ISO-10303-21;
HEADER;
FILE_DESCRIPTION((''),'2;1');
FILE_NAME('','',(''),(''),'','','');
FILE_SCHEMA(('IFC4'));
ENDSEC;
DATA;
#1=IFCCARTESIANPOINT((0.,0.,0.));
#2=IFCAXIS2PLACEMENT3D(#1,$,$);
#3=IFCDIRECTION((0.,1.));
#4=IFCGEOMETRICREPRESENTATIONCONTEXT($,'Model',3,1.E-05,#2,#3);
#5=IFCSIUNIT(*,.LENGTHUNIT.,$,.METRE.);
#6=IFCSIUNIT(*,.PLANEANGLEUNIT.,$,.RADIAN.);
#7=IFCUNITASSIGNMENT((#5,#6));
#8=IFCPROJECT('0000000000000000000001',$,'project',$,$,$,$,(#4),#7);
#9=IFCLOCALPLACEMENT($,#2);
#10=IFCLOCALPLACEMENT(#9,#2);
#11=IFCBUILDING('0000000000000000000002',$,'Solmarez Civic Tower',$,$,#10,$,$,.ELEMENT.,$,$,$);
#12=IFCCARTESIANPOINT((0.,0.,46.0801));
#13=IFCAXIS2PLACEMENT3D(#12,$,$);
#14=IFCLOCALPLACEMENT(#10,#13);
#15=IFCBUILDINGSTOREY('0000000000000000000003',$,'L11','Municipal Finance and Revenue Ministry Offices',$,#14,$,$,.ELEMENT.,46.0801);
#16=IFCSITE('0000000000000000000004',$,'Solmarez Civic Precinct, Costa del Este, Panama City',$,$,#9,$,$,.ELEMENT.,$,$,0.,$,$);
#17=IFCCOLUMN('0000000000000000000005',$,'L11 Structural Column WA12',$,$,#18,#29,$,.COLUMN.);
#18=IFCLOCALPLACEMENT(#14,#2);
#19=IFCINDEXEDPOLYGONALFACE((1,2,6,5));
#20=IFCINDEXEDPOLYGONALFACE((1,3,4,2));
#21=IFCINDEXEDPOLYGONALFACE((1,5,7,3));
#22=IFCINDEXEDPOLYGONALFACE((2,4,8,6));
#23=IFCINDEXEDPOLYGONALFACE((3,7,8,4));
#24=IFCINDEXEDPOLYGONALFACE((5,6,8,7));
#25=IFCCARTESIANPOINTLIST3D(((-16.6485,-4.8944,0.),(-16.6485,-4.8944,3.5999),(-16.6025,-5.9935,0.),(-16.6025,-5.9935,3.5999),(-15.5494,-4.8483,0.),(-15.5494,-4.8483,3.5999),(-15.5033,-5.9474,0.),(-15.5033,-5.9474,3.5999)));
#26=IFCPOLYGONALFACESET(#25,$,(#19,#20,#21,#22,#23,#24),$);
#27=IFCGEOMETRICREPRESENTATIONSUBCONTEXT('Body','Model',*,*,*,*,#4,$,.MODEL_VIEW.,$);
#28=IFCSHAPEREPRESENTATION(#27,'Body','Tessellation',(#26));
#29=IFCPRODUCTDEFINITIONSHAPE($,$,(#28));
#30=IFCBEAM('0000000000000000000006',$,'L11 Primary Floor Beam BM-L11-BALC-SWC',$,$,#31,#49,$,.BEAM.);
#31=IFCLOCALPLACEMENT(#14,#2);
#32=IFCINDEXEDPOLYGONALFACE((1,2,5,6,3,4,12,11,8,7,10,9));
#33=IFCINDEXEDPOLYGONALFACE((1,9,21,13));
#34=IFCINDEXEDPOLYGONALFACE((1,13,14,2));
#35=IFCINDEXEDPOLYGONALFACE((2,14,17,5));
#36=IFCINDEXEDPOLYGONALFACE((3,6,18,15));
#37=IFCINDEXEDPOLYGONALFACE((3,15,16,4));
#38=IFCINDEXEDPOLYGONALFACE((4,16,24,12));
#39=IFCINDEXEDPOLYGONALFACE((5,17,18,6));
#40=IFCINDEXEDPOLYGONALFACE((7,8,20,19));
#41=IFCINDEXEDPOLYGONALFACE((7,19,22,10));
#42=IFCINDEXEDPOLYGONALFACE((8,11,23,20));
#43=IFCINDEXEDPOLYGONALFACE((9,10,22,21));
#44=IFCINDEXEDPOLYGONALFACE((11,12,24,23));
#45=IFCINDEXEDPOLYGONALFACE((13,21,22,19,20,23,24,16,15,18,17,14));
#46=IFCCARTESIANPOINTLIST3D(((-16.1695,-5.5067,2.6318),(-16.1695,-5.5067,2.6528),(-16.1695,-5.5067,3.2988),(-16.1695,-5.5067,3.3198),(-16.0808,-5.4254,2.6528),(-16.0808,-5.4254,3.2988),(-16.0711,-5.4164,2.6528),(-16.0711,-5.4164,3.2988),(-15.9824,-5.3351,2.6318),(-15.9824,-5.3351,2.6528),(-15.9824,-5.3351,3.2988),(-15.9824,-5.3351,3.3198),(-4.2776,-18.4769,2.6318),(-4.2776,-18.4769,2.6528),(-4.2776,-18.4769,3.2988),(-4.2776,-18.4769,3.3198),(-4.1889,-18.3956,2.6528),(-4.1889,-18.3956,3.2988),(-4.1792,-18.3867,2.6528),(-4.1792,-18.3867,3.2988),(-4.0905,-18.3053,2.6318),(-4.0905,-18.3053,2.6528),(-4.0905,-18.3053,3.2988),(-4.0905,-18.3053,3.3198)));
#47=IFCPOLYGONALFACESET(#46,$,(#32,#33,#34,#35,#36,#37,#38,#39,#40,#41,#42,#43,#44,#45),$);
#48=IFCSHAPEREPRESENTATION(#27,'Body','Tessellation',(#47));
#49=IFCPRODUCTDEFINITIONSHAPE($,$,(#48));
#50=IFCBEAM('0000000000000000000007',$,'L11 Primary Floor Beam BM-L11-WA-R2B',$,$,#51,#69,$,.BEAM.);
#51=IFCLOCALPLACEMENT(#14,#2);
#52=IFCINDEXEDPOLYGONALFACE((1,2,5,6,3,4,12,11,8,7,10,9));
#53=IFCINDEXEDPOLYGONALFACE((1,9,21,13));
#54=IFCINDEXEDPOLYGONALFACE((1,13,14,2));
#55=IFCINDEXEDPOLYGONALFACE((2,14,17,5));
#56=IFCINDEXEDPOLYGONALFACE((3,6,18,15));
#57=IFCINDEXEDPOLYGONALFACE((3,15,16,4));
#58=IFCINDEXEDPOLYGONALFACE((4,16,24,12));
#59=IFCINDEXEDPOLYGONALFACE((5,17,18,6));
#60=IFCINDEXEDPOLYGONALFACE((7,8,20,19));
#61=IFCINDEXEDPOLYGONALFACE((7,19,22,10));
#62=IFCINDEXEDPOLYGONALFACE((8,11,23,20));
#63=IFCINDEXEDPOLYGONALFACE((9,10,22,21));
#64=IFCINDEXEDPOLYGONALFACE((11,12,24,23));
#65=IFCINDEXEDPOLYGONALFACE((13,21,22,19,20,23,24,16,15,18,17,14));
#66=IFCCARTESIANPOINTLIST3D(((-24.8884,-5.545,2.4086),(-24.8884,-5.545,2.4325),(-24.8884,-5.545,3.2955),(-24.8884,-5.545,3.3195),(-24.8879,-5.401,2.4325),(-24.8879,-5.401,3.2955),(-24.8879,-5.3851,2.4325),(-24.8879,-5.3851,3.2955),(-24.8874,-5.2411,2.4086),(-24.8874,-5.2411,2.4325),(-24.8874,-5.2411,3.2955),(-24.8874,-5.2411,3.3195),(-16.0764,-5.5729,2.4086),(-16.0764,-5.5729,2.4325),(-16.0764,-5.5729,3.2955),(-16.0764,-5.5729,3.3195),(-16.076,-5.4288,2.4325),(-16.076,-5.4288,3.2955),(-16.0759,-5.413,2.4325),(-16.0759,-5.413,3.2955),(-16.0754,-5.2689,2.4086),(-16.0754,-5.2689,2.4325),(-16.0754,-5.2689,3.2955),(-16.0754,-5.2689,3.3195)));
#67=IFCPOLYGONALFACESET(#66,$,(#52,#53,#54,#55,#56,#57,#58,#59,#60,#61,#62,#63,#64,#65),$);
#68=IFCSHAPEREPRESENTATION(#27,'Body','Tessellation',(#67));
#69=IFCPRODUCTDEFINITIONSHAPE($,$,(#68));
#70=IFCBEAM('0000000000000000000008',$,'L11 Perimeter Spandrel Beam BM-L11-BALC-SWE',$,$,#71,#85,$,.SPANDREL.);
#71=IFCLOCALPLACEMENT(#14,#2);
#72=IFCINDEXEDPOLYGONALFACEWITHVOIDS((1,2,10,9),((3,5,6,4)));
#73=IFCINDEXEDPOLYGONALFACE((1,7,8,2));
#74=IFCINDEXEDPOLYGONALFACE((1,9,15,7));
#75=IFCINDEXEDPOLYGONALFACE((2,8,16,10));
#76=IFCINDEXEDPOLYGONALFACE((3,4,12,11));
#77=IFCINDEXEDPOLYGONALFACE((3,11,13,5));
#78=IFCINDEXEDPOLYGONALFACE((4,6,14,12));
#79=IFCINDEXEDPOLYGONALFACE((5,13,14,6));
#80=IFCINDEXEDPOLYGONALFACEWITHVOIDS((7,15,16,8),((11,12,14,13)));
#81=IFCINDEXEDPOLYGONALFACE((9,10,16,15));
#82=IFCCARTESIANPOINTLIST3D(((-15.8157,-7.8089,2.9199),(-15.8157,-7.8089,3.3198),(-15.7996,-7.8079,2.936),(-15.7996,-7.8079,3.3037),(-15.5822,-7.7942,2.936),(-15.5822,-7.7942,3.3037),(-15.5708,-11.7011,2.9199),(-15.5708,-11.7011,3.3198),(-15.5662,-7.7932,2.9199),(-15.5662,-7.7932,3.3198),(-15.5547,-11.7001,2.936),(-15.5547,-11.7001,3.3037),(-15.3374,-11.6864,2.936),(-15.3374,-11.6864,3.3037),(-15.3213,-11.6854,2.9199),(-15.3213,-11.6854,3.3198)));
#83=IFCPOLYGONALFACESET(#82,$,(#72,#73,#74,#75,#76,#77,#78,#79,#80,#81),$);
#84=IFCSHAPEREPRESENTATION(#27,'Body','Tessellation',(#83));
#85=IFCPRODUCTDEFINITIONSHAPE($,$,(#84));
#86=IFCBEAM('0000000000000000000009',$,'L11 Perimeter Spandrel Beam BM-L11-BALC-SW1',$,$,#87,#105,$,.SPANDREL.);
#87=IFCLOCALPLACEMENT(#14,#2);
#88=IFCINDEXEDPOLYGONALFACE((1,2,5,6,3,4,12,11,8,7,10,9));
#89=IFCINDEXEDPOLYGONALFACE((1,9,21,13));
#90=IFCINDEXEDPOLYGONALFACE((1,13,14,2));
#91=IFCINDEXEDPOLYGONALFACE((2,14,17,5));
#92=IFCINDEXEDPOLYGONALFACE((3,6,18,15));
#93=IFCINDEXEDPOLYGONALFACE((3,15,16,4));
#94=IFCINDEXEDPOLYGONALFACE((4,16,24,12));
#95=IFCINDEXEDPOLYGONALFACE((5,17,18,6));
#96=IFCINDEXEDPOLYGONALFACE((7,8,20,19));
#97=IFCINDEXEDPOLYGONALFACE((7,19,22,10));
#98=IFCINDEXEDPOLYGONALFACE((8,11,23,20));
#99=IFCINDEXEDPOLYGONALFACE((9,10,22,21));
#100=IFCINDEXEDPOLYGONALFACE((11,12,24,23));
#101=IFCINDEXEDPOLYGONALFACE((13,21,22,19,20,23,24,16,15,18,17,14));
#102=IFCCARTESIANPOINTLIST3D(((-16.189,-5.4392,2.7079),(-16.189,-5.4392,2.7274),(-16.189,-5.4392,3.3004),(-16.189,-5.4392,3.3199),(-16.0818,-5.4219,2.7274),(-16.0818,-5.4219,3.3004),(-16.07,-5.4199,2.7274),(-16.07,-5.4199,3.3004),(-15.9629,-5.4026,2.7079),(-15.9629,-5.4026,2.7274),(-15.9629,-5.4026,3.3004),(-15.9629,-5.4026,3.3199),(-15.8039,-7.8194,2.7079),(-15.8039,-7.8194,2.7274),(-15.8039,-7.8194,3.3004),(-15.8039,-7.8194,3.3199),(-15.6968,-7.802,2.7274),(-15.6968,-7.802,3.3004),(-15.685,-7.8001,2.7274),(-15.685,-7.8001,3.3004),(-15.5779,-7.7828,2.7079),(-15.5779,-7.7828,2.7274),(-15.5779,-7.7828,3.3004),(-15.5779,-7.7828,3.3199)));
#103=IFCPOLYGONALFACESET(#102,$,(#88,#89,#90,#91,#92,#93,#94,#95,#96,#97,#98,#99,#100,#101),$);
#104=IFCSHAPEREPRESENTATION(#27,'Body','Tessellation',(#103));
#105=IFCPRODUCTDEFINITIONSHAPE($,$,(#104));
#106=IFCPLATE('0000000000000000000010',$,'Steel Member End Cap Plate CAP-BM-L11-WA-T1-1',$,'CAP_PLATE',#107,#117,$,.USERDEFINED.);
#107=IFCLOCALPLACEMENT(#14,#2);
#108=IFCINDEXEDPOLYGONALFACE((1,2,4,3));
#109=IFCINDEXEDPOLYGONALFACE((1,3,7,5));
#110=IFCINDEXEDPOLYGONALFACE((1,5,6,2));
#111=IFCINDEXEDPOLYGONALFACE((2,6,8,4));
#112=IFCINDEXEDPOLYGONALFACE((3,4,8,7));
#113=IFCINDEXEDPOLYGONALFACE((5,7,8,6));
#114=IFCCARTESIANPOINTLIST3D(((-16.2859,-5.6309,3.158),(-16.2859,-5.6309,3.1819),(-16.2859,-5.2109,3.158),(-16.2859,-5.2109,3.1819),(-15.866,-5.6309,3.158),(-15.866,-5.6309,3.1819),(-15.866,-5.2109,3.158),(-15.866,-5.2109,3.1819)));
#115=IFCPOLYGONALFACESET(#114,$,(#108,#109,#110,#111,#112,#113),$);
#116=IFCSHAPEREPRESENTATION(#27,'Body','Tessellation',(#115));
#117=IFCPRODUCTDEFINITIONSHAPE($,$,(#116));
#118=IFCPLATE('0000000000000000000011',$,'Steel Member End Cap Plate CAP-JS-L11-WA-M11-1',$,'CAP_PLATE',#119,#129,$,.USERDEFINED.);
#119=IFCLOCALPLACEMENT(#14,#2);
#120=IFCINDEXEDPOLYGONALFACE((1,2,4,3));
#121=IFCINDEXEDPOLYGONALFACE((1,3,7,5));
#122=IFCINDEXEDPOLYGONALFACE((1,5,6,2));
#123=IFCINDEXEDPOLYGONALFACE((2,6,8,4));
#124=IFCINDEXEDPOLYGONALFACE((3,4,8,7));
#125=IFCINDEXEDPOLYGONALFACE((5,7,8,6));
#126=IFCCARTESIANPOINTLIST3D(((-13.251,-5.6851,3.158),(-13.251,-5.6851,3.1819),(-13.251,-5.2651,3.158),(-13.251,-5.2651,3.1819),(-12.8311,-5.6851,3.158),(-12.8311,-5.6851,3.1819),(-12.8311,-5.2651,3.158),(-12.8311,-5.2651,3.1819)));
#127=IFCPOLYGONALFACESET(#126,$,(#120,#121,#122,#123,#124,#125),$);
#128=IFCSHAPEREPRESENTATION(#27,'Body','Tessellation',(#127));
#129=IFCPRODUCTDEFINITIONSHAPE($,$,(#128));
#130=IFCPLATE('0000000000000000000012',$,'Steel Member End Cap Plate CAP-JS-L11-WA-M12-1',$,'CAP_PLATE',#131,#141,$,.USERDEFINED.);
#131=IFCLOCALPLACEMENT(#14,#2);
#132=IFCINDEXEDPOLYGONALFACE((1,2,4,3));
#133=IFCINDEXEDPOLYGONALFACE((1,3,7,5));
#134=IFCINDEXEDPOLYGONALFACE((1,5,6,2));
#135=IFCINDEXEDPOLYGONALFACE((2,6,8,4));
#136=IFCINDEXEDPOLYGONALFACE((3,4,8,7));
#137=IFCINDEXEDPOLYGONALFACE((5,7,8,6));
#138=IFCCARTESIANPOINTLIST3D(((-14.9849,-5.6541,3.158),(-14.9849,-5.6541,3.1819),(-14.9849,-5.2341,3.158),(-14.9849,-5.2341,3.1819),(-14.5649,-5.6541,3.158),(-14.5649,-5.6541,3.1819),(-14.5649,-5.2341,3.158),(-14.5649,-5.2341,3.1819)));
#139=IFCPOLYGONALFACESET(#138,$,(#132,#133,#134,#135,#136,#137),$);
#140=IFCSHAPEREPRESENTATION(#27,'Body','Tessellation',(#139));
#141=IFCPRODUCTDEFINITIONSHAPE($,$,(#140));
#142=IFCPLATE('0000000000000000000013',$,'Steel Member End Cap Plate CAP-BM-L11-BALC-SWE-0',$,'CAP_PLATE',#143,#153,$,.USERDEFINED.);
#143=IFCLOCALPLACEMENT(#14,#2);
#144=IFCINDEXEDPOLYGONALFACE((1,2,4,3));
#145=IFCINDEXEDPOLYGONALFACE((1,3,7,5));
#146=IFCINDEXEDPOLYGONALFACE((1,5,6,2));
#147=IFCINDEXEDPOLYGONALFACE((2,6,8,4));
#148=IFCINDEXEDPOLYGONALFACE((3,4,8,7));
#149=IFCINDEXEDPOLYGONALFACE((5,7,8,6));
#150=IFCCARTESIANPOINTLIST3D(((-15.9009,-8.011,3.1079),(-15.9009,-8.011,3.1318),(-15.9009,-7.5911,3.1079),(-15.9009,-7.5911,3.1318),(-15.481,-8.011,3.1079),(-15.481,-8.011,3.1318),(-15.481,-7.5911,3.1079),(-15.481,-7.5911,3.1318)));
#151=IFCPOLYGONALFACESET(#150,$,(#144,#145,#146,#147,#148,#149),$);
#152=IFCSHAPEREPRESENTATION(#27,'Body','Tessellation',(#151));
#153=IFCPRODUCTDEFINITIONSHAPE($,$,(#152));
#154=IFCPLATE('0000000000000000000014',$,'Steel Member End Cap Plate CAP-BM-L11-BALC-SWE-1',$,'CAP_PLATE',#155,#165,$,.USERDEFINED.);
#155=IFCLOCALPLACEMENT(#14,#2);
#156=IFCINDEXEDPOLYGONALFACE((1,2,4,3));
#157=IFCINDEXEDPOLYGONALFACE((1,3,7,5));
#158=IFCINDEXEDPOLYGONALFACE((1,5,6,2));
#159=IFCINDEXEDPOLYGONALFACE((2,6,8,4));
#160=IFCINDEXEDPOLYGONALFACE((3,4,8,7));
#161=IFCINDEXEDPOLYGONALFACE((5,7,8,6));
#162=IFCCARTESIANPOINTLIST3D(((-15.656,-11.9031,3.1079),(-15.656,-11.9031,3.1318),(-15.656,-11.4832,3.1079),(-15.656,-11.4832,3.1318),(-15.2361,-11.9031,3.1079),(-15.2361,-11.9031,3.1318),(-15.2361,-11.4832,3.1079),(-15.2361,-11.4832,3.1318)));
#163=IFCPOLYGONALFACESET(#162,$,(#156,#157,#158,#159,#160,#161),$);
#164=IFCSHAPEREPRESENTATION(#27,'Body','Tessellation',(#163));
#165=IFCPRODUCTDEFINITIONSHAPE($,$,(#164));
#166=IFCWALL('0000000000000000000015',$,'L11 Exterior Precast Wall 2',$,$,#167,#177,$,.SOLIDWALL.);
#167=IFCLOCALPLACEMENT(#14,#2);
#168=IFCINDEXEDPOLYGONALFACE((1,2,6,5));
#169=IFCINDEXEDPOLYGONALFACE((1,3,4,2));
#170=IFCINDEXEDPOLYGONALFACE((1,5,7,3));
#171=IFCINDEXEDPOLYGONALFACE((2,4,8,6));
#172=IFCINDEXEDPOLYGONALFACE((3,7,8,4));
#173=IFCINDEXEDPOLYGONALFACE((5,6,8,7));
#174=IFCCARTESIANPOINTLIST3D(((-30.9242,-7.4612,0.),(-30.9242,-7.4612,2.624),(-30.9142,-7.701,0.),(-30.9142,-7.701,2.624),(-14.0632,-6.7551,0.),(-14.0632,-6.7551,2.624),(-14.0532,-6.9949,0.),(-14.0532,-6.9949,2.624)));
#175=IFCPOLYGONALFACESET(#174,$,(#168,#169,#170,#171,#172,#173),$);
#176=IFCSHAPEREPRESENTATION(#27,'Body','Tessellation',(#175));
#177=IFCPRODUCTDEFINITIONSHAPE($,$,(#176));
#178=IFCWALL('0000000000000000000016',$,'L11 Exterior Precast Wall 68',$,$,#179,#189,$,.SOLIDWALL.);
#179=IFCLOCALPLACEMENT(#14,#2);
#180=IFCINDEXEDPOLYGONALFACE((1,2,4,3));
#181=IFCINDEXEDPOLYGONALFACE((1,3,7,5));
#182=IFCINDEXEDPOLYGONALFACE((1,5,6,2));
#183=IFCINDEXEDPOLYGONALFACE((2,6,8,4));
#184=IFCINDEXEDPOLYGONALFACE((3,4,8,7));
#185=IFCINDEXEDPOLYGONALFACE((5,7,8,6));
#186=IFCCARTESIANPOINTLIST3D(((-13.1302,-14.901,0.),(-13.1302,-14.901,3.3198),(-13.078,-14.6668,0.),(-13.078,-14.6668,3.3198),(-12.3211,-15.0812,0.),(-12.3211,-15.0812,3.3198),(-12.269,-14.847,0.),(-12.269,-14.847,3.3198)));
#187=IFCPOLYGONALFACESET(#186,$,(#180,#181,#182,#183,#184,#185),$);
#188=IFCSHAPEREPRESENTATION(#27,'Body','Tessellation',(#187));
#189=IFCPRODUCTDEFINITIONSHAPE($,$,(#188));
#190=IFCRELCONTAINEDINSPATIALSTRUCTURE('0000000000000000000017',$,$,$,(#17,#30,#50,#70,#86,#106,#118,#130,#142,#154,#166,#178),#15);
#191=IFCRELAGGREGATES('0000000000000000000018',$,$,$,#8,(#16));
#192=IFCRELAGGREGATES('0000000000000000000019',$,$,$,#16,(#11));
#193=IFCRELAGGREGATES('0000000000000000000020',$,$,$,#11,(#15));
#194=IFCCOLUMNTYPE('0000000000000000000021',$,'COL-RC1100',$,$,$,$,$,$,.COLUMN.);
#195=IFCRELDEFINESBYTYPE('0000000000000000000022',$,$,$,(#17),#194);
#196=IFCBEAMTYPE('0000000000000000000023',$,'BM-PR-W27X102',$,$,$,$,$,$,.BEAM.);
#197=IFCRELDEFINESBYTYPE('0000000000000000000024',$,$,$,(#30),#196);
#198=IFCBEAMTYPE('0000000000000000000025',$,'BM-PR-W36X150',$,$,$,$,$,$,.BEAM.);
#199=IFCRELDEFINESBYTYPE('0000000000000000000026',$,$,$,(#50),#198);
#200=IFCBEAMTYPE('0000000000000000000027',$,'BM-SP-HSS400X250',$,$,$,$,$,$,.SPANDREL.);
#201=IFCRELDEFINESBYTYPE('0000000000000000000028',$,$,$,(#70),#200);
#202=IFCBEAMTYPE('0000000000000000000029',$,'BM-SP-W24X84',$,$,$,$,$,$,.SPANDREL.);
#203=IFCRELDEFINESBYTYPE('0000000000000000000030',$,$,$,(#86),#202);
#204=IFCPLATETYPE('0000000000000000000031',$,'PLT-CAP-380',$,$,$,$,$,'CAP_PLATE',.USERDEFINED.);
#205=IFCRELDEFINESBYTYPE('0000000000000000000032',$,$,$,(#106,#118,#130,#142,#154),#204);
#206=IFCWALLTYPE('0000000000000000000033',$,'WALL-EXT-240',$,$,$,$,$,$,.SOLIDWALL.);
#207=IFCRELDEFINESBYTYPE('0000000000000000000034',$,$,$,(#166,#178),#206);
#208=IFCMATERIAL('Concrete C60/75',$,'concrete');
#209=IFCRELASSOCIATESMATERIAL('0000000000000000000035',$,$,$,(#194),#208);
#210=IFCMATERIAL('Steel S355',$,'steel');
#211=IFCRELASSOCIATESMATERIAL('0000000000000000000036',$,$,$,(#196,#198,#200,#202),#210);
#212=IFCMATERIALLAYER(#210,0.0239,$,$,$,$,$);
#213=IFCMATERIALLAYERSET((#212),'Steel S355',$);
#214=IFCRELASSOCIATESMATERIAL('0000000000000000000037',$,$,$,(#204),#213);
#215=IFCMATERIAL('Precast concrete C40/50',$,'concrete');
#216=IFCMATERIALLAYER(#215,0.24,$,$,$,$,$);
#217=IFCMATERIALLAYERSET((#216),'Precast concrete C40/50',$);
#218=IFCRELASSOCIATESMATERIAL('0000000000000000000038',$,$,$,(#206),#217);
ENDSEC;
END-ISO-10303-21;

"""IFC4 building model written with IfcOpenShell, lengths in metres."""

from ifc_helpers import new_model, si_unit, direction, frame, frame_2d, origin, origin_2d, place, context, subcontext, project, spatial, rectangle, hollow_rectangle, i_section, extrude, material, layer, layer_set, material_profile, profile_set, type_object, element, save


model = new_model("IFC4")

# Units and contexts
model_context = context("Model", 3, precision=1e-05, world=origin(), true_north=direction((0.0, 1.0)))
body_context = subcontext(model_context, "Body", "Model", "MODEL_VIEW")
ifc_project = project(units=[si_unit("LENGTHUNIT", "METRE"), si_unit("PLANEANGLEUNIT", "RADIAN")], contexts=[model_context])

# Site, building, storey
site_placement = place(None, origin())
site = spatial("IfcSite", under=ifc_project, at=site_placement, Name="Solmarez Civic Precinct, Costa del Este, Panama City", CompositionType="ELEMENT", RefElevation=0.0)
building_placement = place(site_placement, origin())
building = spatial("IfcBuilding", under=site, at=building_placement, Name="Solmarez Civic Tower", CompositionType="ELEMENT")
storey_placement = place(building_placement, frame((0.0, 0.0, 46.0801)))
storey = spatial("IfcBuildingStorey", under=building, at=storey_placement, Name="L11", Description="Municipal Finance and Revenue Ministry Offices", CompositionType="ELEMENT", Elevation=46.0801)

# Column
ifc_material_1 = material(Name="Concrete C60/75", Category="concrete")
ifc_material_profile_1 = material_profile(ifc_material_1, rectangle(XDim=1.1001, YDim=1.1001, at=origin_2d()), Name="RC1100X1100")
ifc_profile_set_1 = profile_set([ifc_material_profile_1], Name="Concrete C60/75")
column_type = type_object("IfcColumnType", Name="COL-RC1100", PredefinedType="COLUMN", material=ifc_profile_set_1)
column_placement = place(storey_placement, frame((-16.0759, -5.4209, 0.0), z_axis=(0.0, 0.0, 1.0), x_axis=(0.999123, 0.041876, 0.0)))
element("IfcColumn", 1, at=column_placement, inside=storey, type_object=column_type, Name="L11 Structural Column WA12", PredefinedType="COLUMN", context=body_context, shape_type="SweptSolid", body=[
    extrude(rectangle(XDim=1.1001, YDim=1.1001, at=origin_2d()), origin(), (0.0, 0.0, 1.0), 3.5999),
])

# Beams
ifc_material_2 = material(Name="Steel S355", Category="steel")
ifc_material_profile_2 = material_profile(ifc_material_2, i_section(OverallWidth=0.2539, OverallDepth=0.688, WebThickness=0.0132, FlangeThickness=0.021, at=origin_2d()), Name="W27X102")
ifc_profile_set_2 = profile_set([ifc_material_profile_2], Name="Steel S355")
beam_type_1 = type_object("IfcBeamType", Name="BM-PR-W27X102", PredefinedType="BEAM", material=ifc_profile_set_2)
beam_1_placement = place(storey_placement, frame((-16.0759, -5.4209, 2.9758), z_axis=(0.675801, -0.737084, 0.0), x_axis=(0.737084, 0.675801, 0.0)))
element("IfcBeam", 2, at=beam_1_placement, inside=storey, type_object=beam_type_1, Name="L11 Primary Floor Beam BM-L11-BALC-SWC", PredefinedType="BEAM", context=body_context, shape_type="SweptSolid", body=[
    extrude(i_section(OverallWidth=0.2539, OverallDepth=0.688, WebThickness=0.0132, FlangeThickness=0.021, at=origin_2d()), origin(), (0.0, 0.0, 1.0), 17.5967),
])
ifc_material_profile_3 = material_profile(ifc_material_2, i_section(OverallWidth=0.304, OverallDepth=0.9109, WebThickness=0.0159, FlangeThickness=0.0239, at=origin_2d()), Name="W36X150")
ifc_profile_set_3 = profile_set([ifc_material_profile_3], Name="Steel S355")
beam_type_2 = type_object("IfcBeamType", Name="BM-PR-W36X150", PredefinedType="BEAM", material=ifc_profile_set_3)
beam_2_placement = place(storey_placement, frame((-16.0759, -5.4209, 2.864), z_axis=(-0.999995, 0.003158, 0.0), x_axis=(-0.003158, -0.999995, 0.0)))
element("IfcBeam", 3, at=beam_2_placement, inside=storey, type_object=beam_type_2, Name="L11 Primary Floor Beam BM-L11-WA-R2B", PredefinedType="BEAM", context=body_context, shape_type="SweptSolid", body=[
    extrude(i_section(OverallWidth=0.304, OverallDepth=0.9109, WebThickness=0.0159, FlangeThickness=0.0239, at=origin_2d()), origin(), (0.0, 0.0, 1.0), 8.812),
])
ifc_material_profile_4 = material_profile(ifc_material_2, hollow_rectangle(XDim=0.25, YDim=0.3999, WallThickness=0.0161, at=origin_2d()), Name="HSS400X250X16")
ifc_profile_set_4 = profile_set([ifc_material_profile_4], Name="Steel S355")
beam_type_3 = type_object("IfcBeamType", Name="BM-SP-HSS400X250", PredefinedType="SPANDREL", material=ifc_profile_set_4)
beam_3_placement = place(storey_placement, frame((-15.6909, -7.801, 3.1199), z_axis=(0.062791, -0.998027, 0.0), x_axis=(0.998027, 0.062791, 0.0)))
element("IfcBeam", 4, at=beam_3_placement, inside=storey, type_object=beam_type_3, Name="L11 Perimeter Spandrel Beam BM-L11-BALC-SWE", PredefinedType="SPANDREL", context=body_context, shape_type="SweptSolid", body=[
    extrude(hollow_rectangle(XDim=0.25, YDim=0.3999, WallThickness=0.0161, at=origin_2d()), origin(), (0.0, 0.0, 1.0), 3.8999),
])
ifc_material_profile_5 = material_profile(ifc_material_2, i_section(OverallWidth=0.229, OverallDepth=0.6121, WebThickness=0.012, FlangeThickness=0.0195, at=origin_2d()), Name="W24X84")
ifc_profile_set_5 = profile_set([ifc_material_profile_5], Name="Steel S355")
beam_type_4 = type_object("IfcBeamType", Name="BM-SP-W24X84", PredefinedType="SPANDREL", material=ifc_profile_set_5)
beam_4_placement = place(storey_placement, frame((-16.0759, -5.4209, 3.0139), z_axis=(0.159684, -0.987168, 0.0), x_axis=(0.987168, 0.159684, 0.0)))
element("IfcBeam", 5, at=beam_4_placement, inside=storey, type_object=beam_type_4, Name="L11 Perimeter Spandrel Beam BM-L11-BALC-SW1", PredefinedType="SPANDREL", context=body_context, shape_type="SweptSolid", body=[
    extrude(i_section(OverallWidth=0.229, OverallDepth=0.6121, WebThickness=0.012, FlangeThickness=0.0195, at=origin_2d()), origin(), (0.0, 0.0, 1.0), 2.4111),
])

# Plates
ifc_layer_1 = layer(ifc_material_2, 0.0239)
ifc_layer_set_1 = layer_set([ifc_layer_1], Name="Steel S355")
plate_type = type_object("IfcPlateType", Name="PLT-CAP-380", ElementType="CAP_PLATE", PredefinedType="USERDEFINED", material=ifc_layer_set_1)
for number, where, z_axis, x_axis, name in (
    (6, (-16.0759, -5.4209, 3.158), (0.0, 0.0, 1.0), (1.0, 0.0, 0.0), "Steel Member End Cap Plate CAP-BM-L11-WA-T1-1"),
    (7, (-13.041, -5.4751, 3.158), (0.0, 0.0, 1.0), (1.0, 0.0, 0.0), "Steel Member End Cap Plate CAP-JS-L11-WA-M11-1"),
    (8, (-14.7749, -5.4441, 3.158), (0.0, 0.0, 1.0), (1.0, 0.0, 0.0), "Steel Member End Cap Plate CAP-JS-L11-WA-M12-1"),
    (9, (-15.6909, -7.801, 3.1079), (0.0, 0.0, 1.0), (1.0, 0.0, 0.0), "Steel Member End Cap Plate CAP-BM-L11-BALC-SWE-0"),
    (10, (-15.446, -11.6931, 3.1079), (0.0, 0.0, 1.0), (1.0, 0.0, 0.0), "Steel Member End Cap Plate CAP-BM-L11-BALC-SWE-1"),
):
    element("IfcPlate", number, at=place(storey_placement, frame(where, z_axis=z_axis, x_axis=x_axis)), inside=storey, type_object=plate_type, Name=name, ObjectType="CAP_PLATE", PredefinedType="USERDEFINED", context=body_context, shape_type="SweptSolid", body=[
        extrude(rectangle(XDim=0.4199, YDim=0.4199, at=origin_2d()), origin(), (0.0, 0.0, 1.0), 0.0239),
    ])

# Walls
ifc_material_3 = material(Name="Precast concrete C40/50", Category="concrete")
ifc_layer_2 = layer(ifc_material_3, 0.24)
ifc_layer_set_2 = layer_set([ifc_layer_2], Name="Precast concrete C40/50")
wall_type_1 = type_object("IfcWallType", Name="WALL-EXT-240", PredefinedType="SOLIDWALL", material=ifc_layer_set_2)
wall_1_placement = place(storey_placement, frame((-14.0581, -6.875, 0.0), z_axis=(0.0, 0.0, 1.0), x_axis=(-0.999124, -0.041839, 0.0)))
element("IfcWall", 11, at=wall_1_placement, inside=storey, type_object=wall_type_1, Name="L11 Exterior Precast Wall 2", PredefinedType="SOLIDWALL", context=body_context, shape_type="SweptSolid", body=[
    extrude(rectangle(XDim=16.8757, YDim=0.24, at=frame_2d((8.438, 0.0))), origin(), (0.0, 0.0, 1.0), 2.624),
])
wall_2_placement = place(storey_placement, frame((-12.2949, -14.9641, 0.0), z_axis=(0.0, 0.0, 1.0), x_axis=(-0.97609, 0.217367, 0.0)))
element("IfcWall", 12, at=wall_2_placement, inside=storey, type_object=wall_type_1, Name="L11 Exterior Precast Wall 68", PredefinedType="SOLIDWALL", context=body_context, shape_type="SweptSolid", body=[
    extrude(rectangle(XDim=0.8289, YDim=0.24, at=frame_2d((0.4146, 0.0))), origin(), (0.0, 0.0, 1.0), 3.3198),
])

save(model, "model.ifc")
